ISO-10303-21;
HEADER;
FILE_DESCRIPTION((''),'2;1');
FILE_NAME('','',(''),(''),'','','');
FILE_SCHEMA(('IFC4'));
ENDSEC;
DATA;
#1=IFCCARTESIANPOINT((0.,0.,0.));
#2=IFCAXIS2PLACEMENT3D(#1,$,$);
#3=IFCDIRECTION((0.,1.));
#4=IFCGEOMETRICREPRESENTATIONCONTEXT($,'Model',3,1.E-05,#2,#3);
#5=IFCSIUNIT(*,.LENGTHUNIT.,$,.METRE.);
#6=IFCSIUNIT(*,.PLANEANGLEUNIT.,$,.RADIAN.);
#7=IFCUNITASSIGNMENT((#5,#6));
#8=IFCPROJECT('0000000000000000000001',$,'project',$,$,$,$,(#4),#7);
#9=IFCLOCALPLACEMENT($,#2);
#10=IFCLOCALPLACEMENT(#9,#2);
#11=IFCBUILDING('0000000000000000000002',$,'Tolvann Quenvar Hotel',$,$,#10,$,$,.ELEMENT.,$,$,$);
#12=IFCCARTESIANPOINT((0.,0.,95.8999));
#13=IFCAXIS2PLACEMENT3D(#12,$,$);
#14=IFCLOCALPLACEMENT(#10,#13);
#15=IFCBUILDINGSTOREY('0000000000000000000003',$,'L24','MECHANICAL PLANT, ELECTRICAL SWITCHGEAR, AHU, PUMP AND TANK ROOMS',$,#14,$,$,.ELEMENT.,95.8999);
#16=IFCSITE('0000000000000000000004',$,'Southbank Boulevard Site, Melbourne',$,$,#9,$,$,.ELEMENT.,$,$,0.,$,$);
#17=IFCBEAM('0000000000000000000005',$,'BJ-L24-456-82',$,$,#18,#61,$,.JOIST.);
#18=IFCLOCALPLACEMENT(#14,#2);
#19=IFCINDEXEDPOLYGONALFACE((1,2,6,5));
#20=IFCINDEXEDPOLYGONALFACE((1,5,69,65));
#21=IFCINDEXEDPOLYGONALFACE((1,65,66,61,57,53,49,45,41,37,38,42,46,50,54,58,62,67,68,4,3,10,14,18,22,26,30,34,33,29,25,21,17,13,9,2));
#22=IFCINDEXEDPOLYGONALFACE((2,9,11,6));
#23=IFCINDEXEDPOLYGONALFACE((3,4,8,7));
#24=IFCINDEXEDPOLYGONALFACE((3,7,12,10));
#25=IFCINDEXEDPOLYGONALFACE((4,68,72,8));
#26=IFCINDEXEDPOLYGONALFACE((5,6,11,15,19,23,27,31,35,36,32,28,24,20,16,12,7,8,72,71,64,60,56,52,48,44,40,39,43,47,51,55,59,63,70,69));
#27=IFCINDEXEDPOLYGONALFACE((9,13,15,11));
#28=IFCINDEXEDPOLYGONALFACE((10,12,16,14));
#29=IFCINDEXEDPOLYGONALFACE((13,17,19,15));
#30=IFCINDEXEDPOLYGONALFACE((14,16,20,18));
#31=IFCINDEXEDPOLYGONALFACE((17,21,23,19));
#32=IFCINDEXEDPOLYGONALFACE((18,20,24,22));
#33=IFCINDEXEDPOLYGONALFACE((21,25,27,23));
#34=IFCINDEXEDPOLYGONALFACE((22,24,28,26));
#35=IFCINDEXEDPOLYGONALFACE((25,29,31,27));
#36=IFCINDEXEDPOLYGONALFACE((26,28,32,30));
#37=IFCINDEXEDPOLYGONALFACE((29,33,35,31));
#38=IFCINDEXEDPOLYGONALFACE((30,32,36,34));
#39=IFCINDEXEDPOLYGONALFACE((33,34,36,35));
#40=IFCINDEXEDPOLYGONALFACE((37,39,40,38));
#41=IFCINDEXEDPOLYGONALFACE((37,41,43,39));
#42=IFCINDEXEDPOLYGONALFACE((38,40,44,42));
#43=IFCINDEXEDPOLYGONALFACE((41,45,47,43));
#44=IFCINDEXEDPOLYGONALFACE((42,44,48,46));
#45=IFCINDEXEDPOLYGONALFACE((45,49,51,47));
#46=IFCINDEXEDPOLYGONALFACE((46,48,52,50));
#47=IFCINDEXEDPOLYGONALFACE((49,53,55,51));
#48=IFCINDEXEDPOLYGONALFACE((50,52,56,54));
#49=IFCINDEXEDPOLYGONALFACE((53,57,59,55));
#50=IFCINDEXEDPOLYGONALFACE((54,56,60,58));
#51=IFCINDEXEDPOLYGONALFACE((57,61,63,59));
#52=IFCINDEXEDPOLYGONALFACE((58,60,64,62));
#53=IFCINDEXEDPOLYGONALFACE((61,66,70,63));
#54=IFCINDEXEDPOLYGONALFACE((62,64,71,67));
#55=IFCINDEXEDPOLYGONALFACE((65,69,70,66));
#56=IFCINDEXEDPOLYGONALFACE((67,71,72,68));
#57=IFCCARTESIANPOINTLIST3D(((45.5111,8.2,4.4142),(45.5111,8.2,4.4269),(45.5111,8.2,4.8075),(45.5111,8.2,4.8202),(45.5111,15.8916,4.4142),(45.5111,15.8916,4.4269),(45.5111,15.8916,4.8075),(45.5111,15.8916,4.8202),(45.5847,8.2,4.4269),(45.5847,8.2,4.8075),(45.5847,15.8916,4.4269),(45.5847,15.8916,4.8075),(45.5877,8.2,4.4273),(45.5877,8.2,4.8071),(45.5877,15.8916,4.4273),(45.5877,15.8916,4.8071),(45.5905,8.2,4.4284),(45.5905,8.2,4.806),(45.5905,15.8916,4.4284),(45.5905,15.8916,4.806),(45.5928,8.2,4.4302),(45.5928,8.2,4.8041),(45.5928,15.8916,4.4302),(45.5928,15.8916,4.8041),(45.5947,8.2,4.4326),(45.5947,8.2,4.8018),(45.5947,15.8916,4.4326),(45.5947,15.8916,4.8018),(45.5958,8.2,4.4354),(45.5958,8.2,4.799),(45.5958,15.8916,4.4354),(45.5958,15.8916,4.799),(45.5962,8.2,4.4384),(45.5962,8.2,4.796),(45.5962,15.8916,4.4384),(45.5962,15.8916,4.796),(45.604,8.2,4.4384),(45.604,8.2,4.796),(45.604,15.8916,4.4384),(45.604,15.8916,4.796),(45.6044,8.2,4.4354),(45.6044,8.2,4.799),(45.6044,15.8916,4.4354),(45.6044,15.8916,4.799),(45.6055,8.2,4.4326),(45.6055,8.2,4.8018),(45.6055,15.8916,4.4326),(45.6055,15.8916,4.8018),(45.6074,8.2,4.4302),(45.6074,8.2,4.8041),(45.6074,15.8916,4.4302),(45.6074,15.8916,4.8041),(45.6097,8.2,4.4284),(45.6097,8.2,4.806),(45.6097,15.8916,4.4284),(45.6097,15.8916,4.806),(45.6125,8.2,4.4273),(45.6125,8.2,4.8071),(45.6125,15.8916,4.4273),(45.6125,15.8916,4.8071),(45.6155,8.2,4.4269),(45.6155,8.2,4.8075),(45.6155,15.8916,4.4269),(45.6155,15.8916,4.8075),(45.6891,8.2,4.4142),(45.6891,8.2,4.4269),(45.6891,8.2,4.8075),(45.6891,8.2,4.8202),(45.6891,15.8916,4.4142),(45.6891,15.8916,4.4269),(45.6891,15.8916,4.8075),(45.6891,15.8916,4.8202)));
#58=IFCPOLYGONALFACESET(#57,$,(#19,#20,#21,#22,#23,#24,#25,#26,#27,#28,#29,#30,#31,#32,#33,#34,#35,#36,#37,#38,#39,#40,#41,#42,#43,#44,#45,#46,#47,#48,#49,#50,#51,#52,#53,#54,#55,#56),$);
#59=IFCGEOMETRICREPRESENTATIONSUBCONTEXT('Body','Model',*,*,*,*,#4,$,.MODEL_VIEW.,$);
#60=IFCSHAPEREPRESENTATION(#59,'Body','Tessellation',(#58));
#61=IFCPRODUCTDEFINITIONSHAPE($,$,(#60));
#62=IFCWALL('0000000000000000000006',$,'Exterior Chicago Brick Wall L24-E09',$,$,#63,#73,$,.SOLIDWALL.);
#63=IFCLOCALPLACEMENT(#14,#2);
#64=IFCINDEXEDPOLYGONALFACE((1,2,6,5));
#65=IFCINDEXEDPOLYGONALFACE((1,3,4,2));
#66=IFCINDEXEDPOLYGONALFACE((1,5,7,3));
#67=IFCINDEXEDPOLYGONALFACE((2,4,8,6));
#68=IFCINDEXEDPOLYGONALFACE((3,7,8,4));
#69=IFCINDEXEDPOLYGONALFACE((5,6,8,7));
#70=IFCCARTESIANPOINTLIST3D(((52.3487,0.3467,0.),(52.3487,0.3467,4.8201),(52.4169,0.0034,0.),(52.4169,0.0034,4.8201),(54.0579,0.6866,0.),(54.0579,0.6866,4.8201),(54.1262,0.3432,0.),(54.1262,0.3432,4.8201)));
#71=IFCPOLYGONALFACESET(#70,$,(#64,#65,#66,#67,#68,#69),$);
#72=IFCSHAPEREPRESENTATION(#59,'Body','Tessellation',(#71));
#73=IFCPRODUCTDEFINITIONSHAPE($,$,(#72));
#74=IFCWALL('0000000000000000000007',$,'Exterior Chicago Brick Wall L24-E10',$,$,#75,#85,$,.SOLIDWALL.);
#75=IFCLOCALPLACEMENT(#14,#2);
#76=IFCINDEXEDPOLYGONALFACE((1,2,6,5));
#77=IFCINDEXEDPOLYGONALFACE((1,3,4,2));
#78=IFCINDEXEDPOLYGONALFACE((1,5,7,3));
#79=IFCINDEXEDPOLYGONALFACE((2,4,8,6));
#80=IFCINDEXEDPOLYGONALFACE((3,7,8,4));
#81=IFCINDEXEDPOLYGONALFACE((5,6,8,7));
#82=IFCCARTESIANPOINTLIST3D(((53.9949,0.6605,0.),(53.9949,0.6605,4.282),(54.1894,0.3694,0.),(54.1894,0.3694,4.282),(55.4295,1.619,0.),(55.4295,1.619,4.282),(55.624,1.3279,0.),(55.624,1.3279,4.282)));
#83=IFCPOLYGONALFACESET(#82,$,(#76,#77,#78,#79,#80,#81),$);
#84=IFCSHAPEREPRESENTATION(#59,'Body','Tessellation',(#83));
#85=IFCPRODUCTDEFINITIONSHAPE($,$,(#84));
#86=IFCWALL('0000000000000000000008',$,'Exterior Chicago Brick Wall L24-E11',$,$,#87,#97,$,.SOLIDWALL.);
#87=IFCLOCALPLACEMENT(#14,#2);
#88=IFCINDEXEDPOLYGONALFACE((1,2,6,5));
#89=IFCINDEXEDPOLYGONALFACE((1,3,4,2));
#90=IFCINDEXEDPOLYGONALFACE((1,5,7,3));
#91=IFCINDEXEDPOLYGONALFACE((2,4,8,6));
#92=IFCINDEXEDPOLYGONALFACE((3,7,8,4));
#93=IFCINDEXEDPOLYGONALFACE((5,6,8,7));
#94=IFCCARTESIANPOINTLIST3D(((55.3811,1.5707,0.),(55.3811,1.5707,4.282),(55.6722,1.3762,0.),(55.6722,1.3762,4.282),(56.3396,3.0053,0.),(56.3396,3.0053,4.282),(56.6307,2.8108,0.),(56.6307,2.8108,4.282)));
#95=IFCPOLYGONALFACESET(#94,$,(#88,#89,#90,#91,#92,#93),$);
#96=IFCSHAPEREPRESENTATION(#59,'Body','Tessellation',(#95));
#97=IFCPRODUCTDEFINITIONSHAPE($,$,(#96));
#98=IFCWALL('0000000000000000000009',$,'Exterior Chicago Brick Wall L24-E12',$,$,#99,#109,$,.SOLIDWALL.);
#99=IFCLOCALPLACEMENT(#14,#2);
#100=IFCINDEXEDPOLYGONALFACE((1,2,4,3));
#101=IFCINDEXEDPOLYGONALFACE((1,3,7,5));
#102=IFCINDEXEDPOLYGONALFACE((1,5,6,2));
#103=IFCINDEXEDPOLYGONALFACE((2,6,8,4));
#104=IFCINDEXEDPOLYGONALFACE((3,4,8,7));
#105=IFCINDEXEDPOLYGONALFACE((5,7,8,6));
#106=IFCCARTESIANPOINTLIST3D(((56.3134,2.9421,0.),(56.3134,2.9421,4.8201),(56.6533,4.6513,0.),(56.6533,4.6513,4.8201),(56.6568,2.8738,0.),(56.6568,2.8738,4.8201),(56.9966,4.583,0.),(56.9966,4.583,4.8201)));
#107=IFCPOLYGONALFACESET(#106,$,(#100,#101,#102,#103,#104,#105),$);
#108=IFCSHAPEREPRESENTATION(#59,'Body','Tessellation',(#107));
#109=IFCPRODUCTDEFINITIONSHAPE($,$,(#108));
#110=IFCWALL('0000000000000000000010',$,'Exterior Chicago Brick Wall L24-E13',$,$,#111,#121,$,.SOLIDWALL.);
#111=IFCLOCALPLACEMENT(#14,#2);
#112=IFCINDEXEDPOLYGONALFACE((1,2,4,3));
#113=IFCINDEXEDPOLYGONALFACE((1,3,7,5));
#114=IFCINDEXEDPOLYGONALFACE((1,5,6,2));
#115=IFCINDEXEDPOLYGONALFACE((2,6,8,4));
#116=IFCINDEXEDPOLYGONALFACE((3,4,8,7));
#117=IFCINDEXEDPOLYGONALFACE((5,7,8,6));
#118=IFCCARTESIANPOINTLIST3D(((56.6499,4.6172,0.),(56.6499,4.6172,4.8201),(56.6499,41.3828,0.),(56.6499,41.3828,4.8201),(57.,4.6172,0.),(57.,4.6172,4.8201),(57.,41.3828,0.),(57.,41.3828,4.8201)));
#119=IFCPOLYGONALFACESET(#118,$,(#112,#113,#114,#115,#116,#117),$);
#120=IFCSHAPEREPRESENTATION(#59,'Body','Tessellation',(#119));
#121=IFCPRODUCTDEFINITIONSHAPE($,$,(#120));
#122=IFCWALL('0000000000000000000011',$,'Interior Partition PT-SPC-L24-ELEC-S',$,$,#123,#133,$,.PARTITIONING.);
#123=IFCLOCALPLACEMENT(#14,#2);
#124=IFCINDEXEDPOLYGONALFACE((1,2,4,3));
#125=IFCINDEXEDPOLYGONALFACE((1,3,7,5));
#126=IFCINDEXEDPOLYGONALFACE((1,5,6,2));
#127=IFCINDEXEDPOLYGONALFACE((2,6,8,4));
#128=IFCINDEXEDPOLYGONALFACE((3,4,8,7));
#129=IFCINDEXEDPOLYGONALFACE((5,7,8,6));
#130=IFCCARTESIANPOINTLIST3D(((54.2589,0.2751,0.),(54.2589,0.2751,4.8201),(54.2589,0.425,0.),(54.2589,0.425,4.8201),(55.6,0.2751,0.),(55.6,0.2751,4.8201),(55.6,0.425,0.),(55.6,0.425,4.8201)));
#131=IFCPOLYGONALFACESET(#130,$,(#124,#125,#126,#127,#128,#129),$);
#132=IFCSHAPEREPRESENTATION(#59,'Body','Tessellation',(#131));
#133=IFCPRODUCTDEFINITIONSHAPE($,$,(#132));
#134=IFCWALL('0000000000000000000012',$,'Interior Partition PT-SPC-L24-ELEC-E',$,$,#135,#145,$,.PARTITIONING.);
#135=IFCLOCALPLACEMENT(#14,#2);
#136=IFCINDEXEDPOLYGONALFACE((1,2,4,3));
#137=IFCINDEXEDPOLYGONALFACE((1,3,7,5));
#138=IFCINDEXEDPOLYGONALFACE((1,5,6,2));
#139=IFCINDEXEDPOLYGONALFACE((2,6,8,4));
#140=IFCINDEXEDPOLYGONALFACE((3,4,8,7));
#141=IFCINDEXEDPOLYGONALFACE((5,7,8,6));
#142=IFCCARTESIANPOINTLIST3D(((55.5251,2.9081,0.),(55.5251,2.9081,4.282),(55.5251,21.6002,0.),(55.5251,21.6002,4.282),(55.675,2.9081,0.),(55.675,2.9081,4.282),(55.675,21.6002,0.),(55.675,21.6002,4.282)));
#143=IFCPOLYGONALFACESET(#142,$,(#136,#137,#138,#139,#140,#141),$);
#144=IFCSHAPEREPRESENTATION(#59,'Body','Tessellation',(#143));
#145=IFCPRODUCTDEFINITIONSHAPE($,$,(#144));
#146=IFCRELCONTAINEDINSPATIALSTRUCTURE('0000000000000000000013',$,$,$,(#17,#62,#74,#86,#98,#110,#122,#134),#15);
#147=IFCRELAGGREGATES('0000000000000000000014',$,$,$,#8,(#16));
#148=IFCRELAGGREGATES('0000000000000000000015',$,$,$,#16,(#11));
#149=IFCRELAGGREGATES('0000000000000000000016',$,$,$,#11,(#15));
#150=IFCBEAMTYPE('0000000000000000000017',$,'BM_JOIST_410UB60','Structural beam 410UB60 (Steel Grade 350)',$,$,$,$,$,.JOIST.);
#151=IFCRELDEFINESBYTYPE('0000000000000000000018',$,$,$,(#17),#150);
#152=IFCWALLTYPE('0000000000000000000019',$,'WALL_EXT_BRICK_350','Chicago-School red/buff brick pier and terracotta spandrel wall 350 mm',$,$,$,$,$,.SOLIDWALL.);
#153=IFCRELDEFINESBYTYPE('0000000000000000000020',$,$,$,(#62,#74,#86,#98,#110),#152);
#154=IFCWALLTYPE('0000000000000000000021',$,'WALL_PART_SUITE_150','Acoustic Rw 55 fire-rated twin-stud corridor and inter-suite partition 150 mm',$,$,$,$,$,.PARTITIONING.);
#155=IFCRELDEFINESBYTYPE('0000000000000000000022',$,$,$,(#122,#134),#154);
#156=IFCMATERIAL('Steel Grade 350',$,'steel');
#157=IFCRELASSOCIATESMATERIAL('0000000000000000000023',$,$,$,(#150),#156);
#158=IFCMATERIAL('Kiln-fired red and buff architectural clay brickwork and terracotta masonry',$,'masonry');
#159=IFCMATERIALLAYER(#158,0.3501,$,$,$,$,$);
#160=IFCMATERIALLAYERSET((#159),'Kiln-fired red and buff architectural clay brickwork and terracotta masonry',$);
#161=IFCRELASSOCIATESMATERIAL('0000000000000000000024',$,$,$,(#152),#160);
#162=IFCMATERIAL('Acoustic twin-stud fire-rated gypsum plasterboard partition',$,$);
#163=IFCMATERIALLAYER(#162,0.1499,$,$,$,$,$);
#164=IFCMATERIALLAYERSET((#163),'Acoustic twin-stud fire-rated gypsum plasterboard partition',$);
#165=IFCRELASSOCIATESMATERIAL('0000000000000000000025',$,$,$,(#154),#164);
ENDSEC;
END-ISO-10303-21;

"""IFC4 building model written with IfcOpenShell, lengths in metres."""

from ifc_helpers import new_model, si_unit, direction, frame, frame_2d, origin, origin_2d, place, context, subcontext, project, spatial, rectangle, i_section, extrude, source, transform, mapped, material, layer, layer_set, material_profile, profile_set, type_object, type_shapes, element, save


model = new_model("IFC4")

# Units and contexts
model_context = context("Model", 3, precision=1e-05, world=origin(), true_north=direction((0.0, 1.0)))
body_context = subcontext(model_context, "Body", "Model", "MODEL_VIEW")
ifc_project = project(units=[si_unit("LENGTHUNIT", "METRE"), si_unit("PLANEANGLEUNIT", "RADIAN")], contexts=[model_context])

# Site, building, storey
site_placement = place(None, origin())
site = spatial("IfcSite", under=ifc_project, at=site_placement, Name="Southbank Boulevard Site, Melbourne", CompositionType="ELEMENT", RefElevation=0.0)
building_placement = place(site_placement, origin())
building = spatial("IfcBuilding", under=site, at=building_placement, Name="Tolvann Quenvar Hotel", CompositionType="ELEMENT")
storey_placement = place(building_placement, frame((0.0, 0.0, 95.8999)))
storey = spatial("IfcBuildingStorey", under=building, at=storey_placement, Name="L24", Description="MECHANICAL PLANT, ELECTRICAL SWITCHGEAR, AHU, PUMP AND TANK ROOMS", CompositionType="ELEMENT", Elevation=95.8999)

# Shared definitions
ifc_material_1 = material(Name="Steel Grade 350", Category="steel")

# Beam
ifc_material_profile_1 = material_profile(ifc_material_1, i_section(OverallWidth=0.178, OverallDepth=0.406, WebThickness=0.0078, FlangeThickness=0.0127, FilletRadius=0.0115, at=origin_2d()), Name="410UB60")
ifc_profile_set_1 = profile_set([ifc_material_profile_1], Name="Steel Grade 350")
beam_type_1 = type_object("IfcBeamType", Name="BM_JOIST_410UB60", Description="Structural beam 410UB60 (Steel Grade 350)", PredefinedType="JOIST", material=ifc_profile_set_1)
shared_shape_1 = source(origin(), body_context, "Body", "SweptSolid", [
    extrude(i_section(OverallWidth=0.178, OverallDepth=0.406, WebThickness=0.0078, FlangeThickness=0.0127, FilletRadius=0.0115, at=origin_2d()), origin(), (0.0, 0.0, 1.0), 7.6917),
])
type_shapes(beam_type_1, [shared_shape_1])
beam_1_placement = place(storey_placement, frame((45.6001, 8.2, 4.6172), z_axis=(0.0, 1.0, 0.0), x_axis=(-1.0, 0.0, 0.0)))
element("IfcBeam", 1, at=beam_1_placement, inside=storey, type_object=beam_type_1, Name="BJ-L24-456-82", PredefinedType="JOIST", context=body_context, shape_type="MappedRepresentation", body=[
    mapped(shared_shape_1, transform((0.0, 0.0, 0.0), x_axis=(1.0, 0.0, 0.0), y_axis=(0.0, 1.0, 0.0), z_axis=(0.0, 0.0, 1.0), scale=1.0)),
])

# Walls
ifc_material_2 = material(Name="Kiln-fired red and buff architectural clay brickwork and terracotta masonry", Category="masonry")
ifc_layer_1 = layer(ifc_material_2, 0.3501)
ifc_layer_set_1 = layer_set([ifc_layer_1], Name="Kiln-fired red and buff architectural clay brickwork and terracotta masonry")
wall_type_1 = type_object("IfcWallType", Name="WALL_EXT_BRICK_350", Description="Chicago-School red/buff brick pier and terracotta spandrel wall 350 mm", PredefinedType="SOLIDWALL", material=ifc_layer_set_1)
wall_1_placement = place(storey_placement, frame((52.3828, 0.175, 0.0), z_axis=(0.0, 0.0, 1.0), x_axis=(0.980801, 0.195011, 0.0)))
element("IfcWall", 2, at=wall_1_placement, inside=storey, type_object=wall_type_1, Name="Exterior Chicago Brick Wall L24-E09", PredefinedType="SOLIDWALL", context=body_context, shape_type="SweptSolid", body=[
    extrude(rectangle(XDim=1.7427, YDim=0.3501, at=frame_2d((0.8713, 0.0))), origin(), (0.0, 0.0, 1.0), 4.8201),
])
for number, where, z_axis, x_axis, name in (
    (3, (54.092, 0.5149, 0.0), (0.0, 0.0, 1.0), (0.831484, 0.555549, 0.0), "Exterior Chicago Brick Wall L24-E10"),
    (4, (55.5266, 1.4734, 0.0), (0.0, 0.0, 1.0), (0.555549, 0.831484, 0.0), "Exterior Chicago Brick Wall L24-E11"),
):
    element("IfcWall", number, at=place(storey_placement, frame(where, z_axis=z_axis, x_axis=x_axis)), inside=storey, type_object=wall_type_1, Name=name, PredefinedType="SOLIDWALL", context=body_context, shape_type="SweptSolid", body=[
        extrude(rectangle(XDim=1.7253, YDim=0.3501, at=frame_2d((0.8628, 0.0))), origin(), (0.0, 0.0, 1.0), 4.282),
    ])
wall_2_placement = place(storey_placement, frame((56.4851, 2.908, 0.0), z_axis=(0.0, 0.0, 1.0), x_axis=(0.195011, 0.980801, 0.0)))
element("IfcWall", 5, at=wall_2_placement, inside=storey, type_object=wall_type_1, Name="Exterior Chicago Brick Wall L24-E12", PredefinedType="SOLIDWALL", context=body_context, shape_type="SweptSolid", body=[
    extrude(rectangle(XDim=1.7427, YDim=0.3501, at=frame_2d((0.8713, 0.0))), origin(), (0.0, 0.0, 1.0), 4.8201),
])
wall_3_placement = place(storey_placement, frame((56.825, 4.6172, 0.0), z_axis=(0.0, 0.0, 1.0), x_axis=(0.0, 1.0, 0.0)))
element("IfcWall", 6, at=wall_3_placement, inside=storey, type_object=wall_type_1, Name="Exterior Chicago Brick Wall L24-E13", PredefinedType="SOLIDWALL", context=body_context, shape_type="SweptSolid", body=[
    extrude(rectangle(XDim=36.7656, YDim=0.3501, at=frame_2d((18.3828, 0.0))), origin(), (0.0, 0.0, 1.0), 4.8201),
])
ifc_material_3 = material(Name="Acoustic twin-stud fire-rated gypsum plasterboard partition")
ifc_layer_2 = layer(ifc_material_3, 0.1499)
ifc_layer_set_2 = layer_set([ifc_layer_2], Name="Acoustic twin-stud fire-rated gypsum plasterboard partition")
wall_type_2 = type_object("IfcWallType", Name="WALL_PART_SUITE_150", Description="Acoustic Rw 55 fire-rated twin-stud corridor and inter-suite partition 150 mm", PredefinedType="PARTITIONING", material=ifc_layer_set_2)
wall_4_placement = place(storey_placement, frame((54.259, 0.3501, 0.0), z_axis=(0.0, 0.0, 1.0), x_axis=(1.0, 0.0, 0.0)))
element("IfcWall", 7, at=wall_4_placement, inside=storey, type_object=wall_type_2, Name="Interior Partition PT-SPC-L24-ELEC-S", PredefinedType="PARTITIONING", context=body_context, shape_type="SweptSolid", body=[
    extrude(rectangle(XDim=1.3411, YDim=0.1499, at=frame_2d((0.6704, 0.0))), origin(), (0.0, 0.0, 1.0), 4.8201),
])
wall_5_placement = place(storey_placement, frame((55.6001, 2.908, 0.0), z_axis=(0.0, 0.0, 1.0), x_axis=(0.0, 1.0, 0.0)))
element("IfcWall", 8, at=wall_5_placement, inside=storey, type_object=wall_type_2, Name="Interior Partition PT-SPC-L24-ELEC-E", PredefinedType="PARTITIONING", context=body_context, shape_type="SweptSolid", body=[
    extrude(rectangle(XDim=18.6921, YDim=0.1499, at=frame_2d((9.3462, 0.0))), origin(), (0.0, 0.0, 1.0), 4.282),
])

save(model, "model.ifc")
